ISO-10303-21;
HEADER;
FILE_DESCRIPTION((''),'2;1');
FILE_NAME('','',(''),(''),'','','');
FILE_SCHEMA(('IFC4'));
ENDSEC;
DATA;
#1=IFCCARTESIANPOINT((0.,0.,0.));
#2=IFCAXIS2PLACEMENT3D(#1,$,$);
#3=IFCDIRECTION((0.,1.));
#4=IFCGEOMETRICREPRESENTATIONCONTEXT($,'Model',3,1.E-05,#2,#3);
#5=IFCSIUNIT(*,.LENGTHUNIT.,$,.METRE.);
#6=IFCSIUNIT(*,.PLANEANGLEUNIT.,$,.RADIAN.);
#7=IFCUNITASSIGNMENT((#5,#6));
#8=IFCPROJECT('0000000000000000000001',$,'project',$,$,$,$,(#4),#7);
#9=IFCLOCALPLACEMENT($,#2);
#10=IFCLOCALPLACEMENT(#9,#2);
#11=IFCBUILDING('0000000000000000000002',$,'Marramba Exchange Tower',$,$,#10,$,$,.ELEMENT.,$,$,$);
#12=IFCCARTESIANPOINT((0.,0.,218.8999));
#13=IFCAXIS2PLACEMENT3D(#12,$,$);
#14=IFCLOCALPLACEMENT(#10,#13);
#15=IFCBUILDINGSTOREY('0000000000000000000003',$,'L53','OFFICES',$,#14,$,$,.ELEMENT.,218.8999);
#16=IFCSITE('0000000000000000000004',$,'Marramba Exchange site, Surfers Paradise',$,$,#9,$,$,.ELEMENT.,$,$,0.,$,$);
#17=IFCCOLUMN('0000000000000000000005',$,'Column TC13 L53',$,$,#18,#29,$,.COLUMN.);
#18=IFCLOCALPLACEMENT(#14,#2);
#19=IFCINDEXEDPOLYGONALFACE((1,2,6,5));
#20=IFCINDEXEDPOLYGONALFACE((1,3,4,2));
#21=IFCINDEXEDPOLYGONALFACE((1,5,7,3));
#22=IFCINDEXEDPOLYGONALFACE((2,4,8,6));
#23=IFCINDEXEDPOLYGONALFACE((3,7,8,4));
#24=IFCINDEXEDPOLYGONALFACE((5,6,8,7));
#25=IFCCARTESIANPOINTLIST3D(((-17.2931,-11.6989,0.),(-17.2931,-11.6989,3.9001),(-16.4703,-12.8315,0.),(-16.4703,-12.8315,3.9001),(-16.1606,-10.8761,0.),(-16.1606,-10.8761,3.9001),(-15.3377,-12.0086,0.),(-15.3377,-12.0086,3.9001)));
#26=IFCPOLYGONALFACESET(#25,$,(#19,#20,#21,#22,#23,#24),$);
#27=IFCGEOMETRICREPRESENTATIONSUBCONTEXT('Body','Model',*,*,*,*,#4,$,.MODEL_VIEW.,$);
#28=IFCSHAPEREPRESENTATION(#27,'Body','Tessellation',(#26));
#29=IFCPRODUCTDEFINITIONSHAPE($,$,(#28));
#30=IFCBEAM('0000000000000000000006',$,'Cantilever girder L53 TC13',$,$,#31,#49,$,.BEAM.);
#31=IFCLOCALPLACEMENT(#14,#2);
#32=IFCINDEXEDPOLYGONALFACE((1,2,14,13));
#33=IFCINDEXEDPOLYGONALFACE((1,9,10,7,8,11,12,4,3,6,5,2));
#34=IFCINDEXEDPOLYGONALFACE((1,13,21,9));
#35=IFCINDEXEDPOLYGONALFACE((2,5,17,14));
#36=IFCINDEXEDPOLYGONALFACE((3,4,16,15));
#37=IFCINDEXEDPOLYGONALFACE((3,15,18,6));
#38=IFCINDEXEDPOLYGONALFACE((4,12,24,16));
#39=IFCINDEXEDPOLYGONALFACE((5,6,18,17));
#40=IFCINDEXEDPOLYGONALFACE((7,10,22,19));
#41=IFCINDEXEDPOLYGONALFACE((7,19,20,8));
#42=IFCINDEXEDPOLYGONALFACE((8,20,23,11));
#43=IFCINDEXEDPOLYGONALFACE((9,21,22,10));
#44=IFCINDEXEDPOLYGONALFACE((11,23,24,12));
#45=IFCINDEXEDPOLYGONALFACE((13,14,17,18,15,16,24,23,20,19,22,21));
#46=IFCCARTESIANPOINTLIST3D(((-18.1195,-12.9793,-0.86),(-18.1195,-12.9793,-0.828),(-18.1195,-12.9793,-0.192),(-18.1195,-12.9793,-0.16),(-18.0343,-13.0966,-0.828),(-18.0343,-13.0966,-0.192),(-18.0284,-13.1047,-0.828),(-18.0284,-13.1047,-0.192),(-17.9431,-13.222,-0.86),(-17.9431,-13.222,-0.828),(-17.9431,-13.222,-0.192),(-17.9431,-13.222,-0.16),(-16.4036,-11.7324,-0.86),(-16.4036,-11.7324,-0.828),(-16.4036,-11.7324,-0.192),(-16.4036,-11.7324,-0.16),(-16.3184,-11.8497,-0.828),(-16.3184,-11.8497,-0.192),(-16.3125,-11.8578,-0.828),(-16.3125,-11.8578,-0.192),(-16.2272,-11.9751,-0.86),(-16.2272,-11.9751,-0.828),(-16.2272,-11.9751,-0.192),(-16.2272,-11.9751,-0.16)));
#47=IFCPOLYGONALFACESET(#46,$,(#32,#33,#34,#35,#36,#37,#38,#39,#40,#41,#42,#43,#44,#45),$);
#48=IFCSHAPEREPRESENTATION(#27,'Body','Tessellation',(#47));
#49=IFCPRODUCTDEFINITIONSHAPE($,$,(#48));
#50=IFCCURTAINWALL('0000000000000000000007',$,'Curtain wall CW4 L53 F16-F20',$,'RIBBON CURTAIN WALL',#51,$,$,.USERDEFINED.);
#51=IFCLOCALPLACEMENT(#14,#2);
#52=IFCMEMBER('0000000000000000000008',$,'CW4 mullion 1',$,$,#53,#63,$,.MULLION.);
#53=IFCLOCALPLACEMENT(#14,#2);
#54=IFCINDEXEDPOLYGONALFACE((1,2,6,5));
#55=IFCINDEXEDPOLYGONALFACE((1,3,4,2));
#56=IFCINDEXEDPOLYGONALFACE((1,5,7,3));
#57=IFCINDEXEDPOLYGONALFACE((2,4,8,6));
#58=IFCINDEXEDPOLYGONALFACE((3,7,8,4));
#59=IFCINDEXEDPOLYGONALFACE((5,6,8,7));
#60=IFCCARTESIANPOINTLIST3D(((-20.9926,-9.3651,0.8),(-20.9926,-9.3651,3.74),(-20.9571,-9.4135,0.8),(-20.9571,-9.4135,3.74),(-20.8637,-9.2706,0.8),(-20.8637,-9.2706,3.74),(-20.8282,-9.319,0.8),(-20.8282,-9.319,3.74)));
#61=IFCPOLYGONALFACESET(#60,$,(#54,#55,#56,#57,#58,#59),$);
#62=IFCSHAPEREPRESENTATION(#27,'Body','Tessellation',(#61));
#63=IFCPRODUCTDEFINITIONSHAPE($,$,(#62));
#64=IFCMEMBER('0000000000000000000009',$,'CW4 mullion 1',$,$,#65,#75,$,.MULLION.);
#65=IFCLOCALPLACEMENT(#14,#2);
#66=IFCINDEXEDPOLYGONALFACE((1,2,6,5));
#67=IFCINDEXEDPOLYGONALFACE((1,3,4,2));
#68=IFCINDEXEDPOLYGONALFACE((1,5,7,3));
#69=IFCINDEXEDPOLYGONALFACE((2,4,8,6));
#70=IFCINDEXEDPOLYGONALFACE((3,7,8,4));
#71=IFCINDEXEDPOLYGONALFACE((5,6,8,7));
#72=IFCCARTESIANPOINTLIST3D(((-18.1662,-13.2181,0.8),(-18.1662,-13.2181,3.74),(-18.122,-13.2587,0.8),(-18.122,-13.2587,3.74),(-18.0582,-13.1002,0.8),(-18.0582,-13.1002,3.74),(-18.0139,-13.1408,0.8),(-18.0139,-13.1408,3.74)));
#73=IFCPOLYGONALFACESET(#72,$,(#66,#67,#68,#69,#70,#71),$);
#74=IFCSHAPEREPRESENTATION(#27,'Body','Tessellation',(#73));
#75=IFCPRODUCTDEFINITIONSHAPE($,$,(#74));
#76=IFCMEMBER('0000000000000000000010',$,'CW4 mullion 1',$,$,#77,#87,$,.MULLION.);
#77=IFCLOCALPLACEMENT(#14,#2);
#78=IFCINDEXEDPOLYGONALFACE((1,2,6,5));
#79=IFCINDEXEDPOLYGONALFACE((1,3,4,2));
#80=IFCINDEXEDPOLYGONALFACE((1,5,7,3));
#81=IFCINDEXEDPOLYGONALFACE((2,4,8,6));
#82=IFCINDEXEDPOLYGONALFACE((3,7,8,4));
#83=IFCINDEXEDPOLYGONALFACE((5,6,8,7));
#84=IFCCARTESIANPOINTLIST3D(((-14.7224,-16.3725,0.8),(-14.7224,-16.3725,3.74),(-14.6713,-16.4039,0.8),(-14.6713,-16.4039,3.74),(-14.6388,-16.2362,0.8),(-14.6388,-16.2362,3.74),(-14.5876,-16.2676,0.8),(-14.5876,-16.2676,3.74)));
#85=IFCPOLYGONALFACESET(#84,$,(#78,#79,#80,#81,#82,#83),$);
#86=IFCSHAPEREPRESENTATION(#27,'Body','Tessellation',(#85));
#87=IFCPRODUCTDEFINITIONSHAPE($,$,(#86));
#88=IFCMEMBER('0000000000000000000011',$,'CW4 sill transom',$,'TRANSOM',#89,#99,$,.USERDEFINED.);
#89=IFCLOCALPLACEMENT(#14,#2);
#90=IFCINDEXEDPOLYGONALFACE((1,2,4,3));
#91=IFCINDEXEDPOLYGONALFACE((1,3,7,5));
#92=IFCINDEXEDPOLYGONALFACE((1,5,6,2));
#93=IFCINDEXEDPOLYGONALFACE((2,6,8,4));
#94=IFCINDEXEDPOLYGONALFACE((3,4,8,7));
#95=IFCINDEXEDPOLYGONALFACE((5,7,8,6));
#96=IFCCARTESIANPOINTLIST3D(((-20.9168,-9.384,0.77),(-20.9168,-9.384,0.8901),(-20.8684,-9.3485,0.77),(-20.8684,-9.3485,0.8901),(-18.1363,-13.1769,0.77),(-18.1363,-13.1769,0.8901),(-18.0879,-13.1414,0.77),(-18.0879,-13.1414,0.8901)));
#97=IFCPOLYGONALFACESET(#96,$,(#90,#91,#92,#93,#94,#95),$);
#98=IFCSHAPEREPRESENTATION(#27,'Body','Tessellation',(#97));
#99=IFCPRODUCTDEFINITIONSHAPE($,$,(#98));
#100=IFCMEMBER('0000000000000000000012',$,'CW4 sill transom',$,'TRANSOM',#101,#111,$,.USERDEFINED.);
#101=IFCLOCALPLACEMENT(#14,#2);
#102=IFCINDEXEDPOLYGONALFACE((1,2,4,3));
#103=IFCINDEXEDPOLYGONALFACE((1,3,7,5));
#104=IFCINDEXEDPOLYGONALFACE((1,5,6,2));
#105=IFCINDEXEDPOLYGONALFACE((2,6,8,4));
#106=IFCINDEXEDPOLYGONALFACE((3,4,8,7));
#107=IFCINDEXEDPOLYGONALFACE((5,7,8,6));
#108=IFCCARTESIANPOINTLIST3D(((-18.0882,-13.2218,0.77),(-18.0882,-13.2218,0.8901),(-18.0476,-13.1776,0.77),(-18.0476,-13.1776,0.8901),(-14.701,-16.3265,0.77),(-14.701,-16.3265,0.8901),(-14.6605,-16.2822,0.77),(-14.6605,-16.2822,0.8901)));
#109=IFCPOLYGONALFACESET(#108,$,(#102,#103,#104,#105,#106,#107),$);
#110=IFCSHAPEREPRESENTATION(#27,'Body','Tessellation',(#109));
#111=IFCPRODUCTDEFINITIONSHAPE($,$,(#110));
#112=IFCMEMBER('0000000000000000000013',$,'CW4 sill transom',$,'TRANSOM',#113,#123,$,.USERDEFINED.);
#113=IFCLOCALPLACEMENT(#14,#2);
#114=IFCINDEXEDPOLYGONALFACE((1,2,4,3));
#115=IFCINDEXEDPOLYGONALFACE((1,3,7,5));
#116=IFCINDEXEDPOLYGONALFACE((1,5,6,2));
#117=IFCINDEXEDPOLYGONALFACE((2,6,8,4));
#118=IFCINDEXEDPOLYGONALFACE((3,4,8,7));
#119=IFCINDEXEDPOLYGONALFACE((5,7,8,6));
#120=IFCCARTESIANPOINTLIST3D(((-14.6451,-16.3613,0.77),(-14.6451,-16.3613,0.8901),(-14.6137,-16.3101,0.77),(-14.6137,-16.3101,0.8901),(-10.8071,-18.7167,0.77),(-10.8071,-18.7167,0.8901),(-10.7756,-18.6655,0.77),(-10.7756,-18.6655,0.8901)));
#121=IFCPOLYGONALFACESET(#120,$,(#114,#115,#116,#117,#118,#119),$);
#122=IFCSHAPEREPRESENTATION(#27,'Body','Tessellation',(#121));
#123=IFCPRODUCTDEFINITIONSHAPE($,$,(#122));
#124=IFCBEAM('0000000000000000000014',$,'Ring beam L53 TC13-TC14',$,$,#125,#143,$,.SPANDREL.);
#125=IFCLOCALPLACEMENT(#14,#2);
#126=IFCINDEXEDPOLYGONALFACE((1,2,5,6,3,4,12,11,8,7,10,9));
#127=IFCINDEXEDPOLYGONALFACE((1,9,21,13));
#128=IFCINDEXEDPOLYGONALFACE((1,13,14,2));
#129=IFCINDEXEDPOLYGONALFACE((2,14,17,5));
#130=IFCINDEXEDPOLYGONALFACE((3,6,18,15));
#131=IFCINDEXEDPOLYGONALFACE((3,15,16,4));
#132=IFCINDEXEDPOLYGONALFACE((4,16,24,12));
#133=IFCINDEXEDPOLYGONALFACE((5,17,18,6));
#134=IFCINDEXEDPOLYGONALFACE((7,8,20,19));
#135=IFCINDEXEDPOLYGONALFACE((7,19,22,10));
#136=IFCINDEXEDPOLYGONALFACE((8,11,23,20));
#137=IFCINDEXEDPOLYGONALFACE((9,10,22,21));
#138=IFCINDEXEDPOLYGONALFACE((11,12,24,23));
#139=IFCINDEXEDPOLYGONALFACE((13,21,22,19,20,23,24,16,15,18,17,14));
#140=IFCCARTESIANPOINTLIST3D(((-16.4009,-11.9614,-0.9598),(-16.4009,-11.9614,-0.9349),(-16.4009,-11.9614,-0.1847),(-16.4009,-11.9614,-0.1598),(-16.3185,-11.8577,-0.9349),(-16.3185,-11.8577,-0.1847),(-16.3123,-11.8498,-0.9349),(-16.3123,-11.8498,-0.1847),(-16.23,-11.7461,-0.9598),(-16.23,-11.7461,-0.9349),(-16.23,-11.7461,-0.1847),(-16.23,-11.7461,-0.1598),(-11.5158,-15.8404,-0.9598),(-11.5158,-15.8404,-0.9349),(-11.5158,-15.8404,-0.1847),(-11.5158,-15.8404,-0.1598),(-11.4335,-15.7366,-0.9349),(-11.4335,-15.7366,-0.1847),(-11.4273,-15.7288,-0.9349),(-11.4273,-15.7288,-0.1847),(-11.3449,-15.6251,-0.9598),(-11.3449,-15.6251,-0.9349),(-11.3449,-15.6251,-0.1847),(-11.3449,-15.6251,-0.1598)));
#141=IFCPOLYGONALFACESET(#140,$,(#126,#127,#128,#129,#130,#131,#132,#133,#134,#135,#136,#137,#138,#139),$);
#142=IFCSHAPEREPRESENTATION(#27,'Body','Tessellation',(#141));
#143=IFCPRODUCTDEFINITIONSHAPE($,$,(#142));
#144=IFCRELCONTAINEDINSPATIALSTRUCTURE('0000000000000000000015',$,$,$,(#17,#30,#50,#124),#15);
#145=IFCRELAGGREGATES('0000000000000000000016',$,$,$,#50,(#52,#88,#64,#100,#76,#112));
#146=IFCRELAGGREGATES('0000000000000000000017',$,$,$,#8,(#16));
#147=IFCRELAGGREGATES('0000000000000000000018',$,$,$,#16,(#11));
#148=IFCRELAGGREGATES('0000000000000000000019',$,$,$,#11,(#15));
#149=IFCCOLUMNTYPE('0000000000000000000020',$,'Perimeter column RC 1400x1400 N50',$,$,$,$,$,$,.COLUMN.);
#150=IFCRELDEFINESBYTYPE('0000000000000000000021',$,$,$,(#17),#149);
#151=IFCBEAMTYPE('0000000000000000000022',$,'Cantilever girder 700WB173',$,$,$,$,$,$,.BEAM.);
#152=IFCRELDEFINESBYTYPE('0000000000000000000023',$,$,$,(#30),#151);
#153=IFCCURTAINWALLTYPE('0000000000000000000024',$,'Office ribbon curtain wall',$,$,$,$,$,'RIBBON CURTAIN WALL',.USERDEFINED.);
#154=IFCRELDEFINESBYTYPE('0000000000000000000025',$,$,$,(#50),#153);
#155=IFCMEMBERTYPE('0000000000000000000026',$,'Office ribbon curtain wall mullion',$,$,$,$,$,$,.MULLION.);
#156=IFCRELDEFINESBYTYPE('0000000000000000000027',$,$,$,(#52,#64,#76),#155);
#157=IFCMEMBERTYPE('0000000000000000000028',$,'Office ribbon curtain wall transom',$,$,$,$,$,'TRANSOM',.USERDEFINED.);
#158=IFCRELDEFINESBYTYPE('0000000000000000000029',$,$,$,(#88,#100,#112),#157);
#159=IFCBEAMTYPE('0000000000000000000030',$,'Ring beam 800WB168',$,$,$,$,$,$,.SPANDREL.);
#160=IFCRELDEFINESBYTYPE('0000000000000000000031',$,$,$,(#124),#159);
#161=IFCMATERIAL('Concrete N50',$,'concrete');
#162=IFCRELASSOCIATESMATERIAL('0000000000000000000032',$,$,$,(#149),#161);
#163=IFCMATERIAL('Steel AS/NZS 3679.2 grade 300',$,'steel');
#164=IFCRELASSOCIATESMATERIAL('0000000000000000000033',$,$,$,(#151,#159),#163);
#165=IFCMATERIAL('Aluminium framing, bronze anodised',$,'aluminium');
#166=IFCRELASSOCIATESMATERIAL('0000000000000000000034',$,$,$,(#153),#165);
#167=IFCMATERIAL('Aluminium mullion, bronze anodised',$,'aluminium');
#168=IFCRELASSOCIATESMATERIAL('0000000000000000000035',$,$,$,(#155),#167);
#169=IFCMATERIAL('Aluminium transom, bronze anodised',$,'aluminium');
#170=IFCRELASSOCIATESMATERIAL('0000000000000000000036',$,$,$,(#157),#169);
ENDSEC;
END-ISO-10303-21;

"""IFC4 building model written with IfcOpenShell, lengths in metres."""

from ifc_helpers import new_model, si_unit, direction, frame, origin, origin_2d, place, context, subcontext, project, spatial, rectangle, i_section, extrude, material, material_profile, profile_set, type_object, element, aggregate, save


model = new_model("IFC4")

# Units and contexts
model_context = context("Model", 3, precision=1e-05, world=origin(), true_north=direction((0.0, 1.0)))
body_context = subcontext(model_context, "Body", "Model", "MODEL_VIEW")
ifc_project = project(units=[si_unit("LENGTHUNIT", "METRE"), si_unit("PLANEANGLEUNIT", "RADIAN")], contexts=[model_context])

# Site, building, storey
site_placement = place(None, origin())
site = spatial("IfcSite", under=ifc_project, at=site_placement, Name="Marramba Exchange site, Surfers Paradise", CompositionType="ELEMENT", RefElevation=0.0)
building_placement = place(site_placement, origin())
building = spatial("IfcBuilding", under=site, at=building_placement, Name="Marramba Exchange Tower", CompositionType="ELEMENT")
storey_placement = place(building_placement, frame((0.0, 0.0, 218.8999)))
storey = spatial("IfcBuildingStorey", under=building, at=storey_placement, Name="L53", Description="OFFICES", CompositionType="ELEMENT", Elevation=218.8999)

# Column
ifc_material_1 = material(Name="Concrete N50", Category="concrete")
ifc_material_profile_1 = material_profile(ifc_material_1, rectangle(XDim=1.3999, YDim=1.3999, at=origin_2d()), Name="RC 1400x1400")
ifc_profile_set_1 = profile_set([ifc_material_profile_1], Name="Concrete N50")
column_type = type_object("IfcColumnType", Name="Perimeter column RC 1400x1400 N50", PredefinedType="COLUMN", material=ifc_profile_set_1)
column_placement = place(storey_placement, frame((-16.3154, -11.8538, 0.0), z_axis=(0.0, 0.0, 1.0), x_axis=(-0.809017, -0.587785, 0.0)))
element("IfcColumn", 1, at=column_placement, inside=storey, type_object=column_type, Name="Column TC13 L53", PredefinedType="COLUMN", context=body_context, shape_type="SweptSolid", body=[
    extrude(rectangle(XDim=1.3999, YDim=1.3999, at=origin_2d()), origin(), (0.0, 0.0, 1.0), 3.9001),
])

# Beam
ifc_material_2 = material(Name="Steel AS/NZS 3679.2 grade 300", Category="steel")
ifc_material_profile_2 = material_profile(ifc_material_2, i_section(OverallWidth=0.3, OverallDepth=0.7, WebThickness=0.01, FlangeThickness=0.032, at=origin_2d()), Name="700WB173")
ifc_profile_set_2 = profile_set([ifc_material_profile_2], Name="Steel AS/NZS 3679.2 grade 300")
beam_type_1 = type_object("IfcBeamType", Name="Cantilever girder 700WB173", PredefinedType="BEAM", material=ifc_profile_set_2)
beam_1_placement = place(storey_placement, frame((-16.3154, -11.8538, -0.51), z_axis=(-0.80897, -0.58785, 0.0), x_axis=(0.58785, -0.80897, 0.0)))
element("IfcBeam", 2, at=beam_1_placement, inside=storey, type_object=beam_type_1, Name="Cantilever girder L53 TC13", PredefinedType="BEAM", context=body_context, shape_type="SweptSolid", body=[
    extrude(i_section(OverallWidth=0.3, OverallDepth=0.7, WebThickness=0.01, FlangeThickness=0.032, at=origin_2d()), origin(), (0.0, 0.0, 1.0), 2.1211),
])

# Curtain wall, members
ifc_material_3 = material(Name="Aluminium framing, bronze anodised", Category="aluminium")
curtain_wall_type = type_object("IfcCurtainWallType", Name="Office ribbon curtain wall", ElementType="RIBBON CURTAIN WALL", PredefinedType="USERDEFINED", material=ifc_material_3)
curtain_wall_placement = place(storey_placement, origin())
curtain_wall = element("IfcCurtainWall", 3, at=curtain_wall_placement, inside=storey, type_object=curtain_wall_type, Name="Curtain wall CW4 L53 F16-F20", ObjectType="RIBBON CURTAIN WALL", PredefinedType="USERDEFINED")
ifc_material_4 = material(Name="Aluminium mullion, bronze anodised", Category="aluminium")
ifc_material_profile_3 = material_profile(ifc_material_4, rectangle(XDim=0.1599, YDim=0.0601, at=origin_2d()), Name="CW4 mullion 60x160")
ifc_profile_set_3 = profile_set([ifc_material_profile_3], Name="Aluminium mullion, bronze anodised")
member_type_1 = type_object("IfcMemberType", Name="Office ribbon curtain wall mullion", PredefinedType="MULLION", material=ifc_profile_set_3)
member_1_placement = place(storey_placement, frame((-20.9104, -9.342, 0.8), z_axis=(0.0, 0.0, 1.0), x_axis=(0.806508, 0.591223, 0.0)))
member_1 = element("IfcMember", 4, at=member_1_placement, type_object=member_type_1, Name="CW4 mullion 1", PredefinedType="MULLION", context=body_context, shape_type="SweptSolid", body=[
    extrude(rectangle(XDim=0.1599, YDim=0.0601, at=origin_2d()), origin(), (0.0, 0.0, 1.0), 2.9399),
])
member_2_placement = place(storey_placement, frame((-18.0901, -13.1794, 0.8), z_axis=(0.0, 0.0, 1.0), x_axis=(0.675671, 0.737203, 0.0)))
member_2 = element("IfcMember", 5, at=member_2_placement, type_object=member_type_1, Name="CW4 mullion 1", PredefinedType="MULLION", context=body_context, shape_type="SweptSolid", body=[
    extrude(rectangle(XDim=0.1599, YDim=0.0601, at=origin_2d()), origin(), (0.0, 0.0, 1.0), 2.9399),
])
member_3_placement = place(storey_placement, frame((-14.655, -16.3201, 0.8), z_axis=(0.0, 0.0, 1.0), x_axis=(0.523052, 0.852301, 0.0)))
member_3 = element("IfcMember", 6, at=member_3_placement, type_object=member_type_1, Name="CW4 mullion 1", PredefinedType="MULLION", context=body_context, shape_type="SweptSolid", body=[
    extrude(rectangle(XDim=0.1599, YDim=0.0601, at=origin_2d()), origin(), (0.0, 0.0, 1.0), 2.9399),
])
ifc_material_5 = material(Name="Aluminium transom, bronze anodised", Category="aluminium")
ifc_material_profile_4 = material_profile(ifc_material_5, rectangle(XDim=0.0601, YDim=0.1201, at=origin_2d()), Name="CW4 transom 60x120")
ifc_profile_set_4 = profile_set([ifc_material_profile_4], Name="Aluminium transom, bronze anodised")
member_type_2 = type_object("IfcMemberType", Name="Office ribbon curtain wall transom", ElementType="TRANSOM", PredefinedType="USERDEFINED", material=ifc_profile_set_4)
member_4_placement = place(storey_placement, frame((-20.8926, -9.3662, 0.8301), z_axis=(0.591226, -0.806506, 0.0), x_axis=(0.806506, 0.591226, 0.0)))
member_4 = element("IfcMember", 7, at=member_4_placement, type_object=member_type_2, Name="CW4 sill transom", ObjectType="TRANSOM", PredefinedType="USERDEFINED", context=body_context, shape_type="SweptSolid", body=[
    extrude(rectangle(XDim=0.0601, YDim=0.1201, at=origin_2d()), origin(), (0.0, 0.0, 1.0), 4.7029),
])
member_5_placement = place(storey_placement, frame((-18.0679, -13.1997, 0.8301), z_axis=(0.737176, -0.675701, 0.0), x_axis=(0.675701, 0.737176, 0.0)))
member_5 = element("IfcMember", 8, at=member_5_placement, type_object=member_type_2, Name="CW4 sill transom", ObjectType="TRANSOM", PredefinedType="USERDEFINED", context=body_context, shape_type="SweptSolid", body=[
    extrude(rectangle(XDim=0.0601, YDim=0.1201, at=origin_2d()), origin(), (0.0, 0.0, 1.0), 4.5947),
])
member_6_placement = place(storey_placement, frame((-14.6294, -16.3357, 0.8301), z_axis=(0.852298, -0.523056, 0.0), x_axis=(0.523056, 0.852298, 0.0)))
member_6 = element("IfcMember", 9, at=member_6_placement, type_object=member_type_2, Name="CW4 sill transom", ObjectType="TRANSOM", PredefinedType="USERDEFINED", context=body_context, shape_type="SweptSolid", body=[
    extrude(rectangle(XDim=0.0601, YDim=0.1201, at=origin_2d()), origin(), (0.0, 0.0, 1.0), 4.5032),
])

# Beam
ifc_material_profile_5 = material_profile(ifc_material_2, i_section(OverallWidth=0.2749, OverallDepth=0.8, WebThickness=0.01, FlangeThickness=0.0249, at=origin_2d()), Name="800WB168")
ifc_profile_set_5 = profile_set([ifc_material_profile_5], Name="Steel AS/NZS 3679.2 grade 300")
beam_type_2 = type_object("IfcBeamType", Name="Ring beam 800WB168", PredefinedType="SPANDREL", material=ifc_profile_set_5)
beam_2_placement = place(storey_placement, frame((-16.3154, -11.8538, -0.5598), z_axis=(0.783139, -0.621846, 0.0), x_axis=(0.621846, 0.783139, 0.0)))
element("IfcBeam", 10, at=beam_2_placement, inside=storey, type_object=beam_type_2, Name="Ring beam L53 TC13-TC14", PredefinedType="SPANDREL", context=body_context, shape_type="SweptSolid", body=[
    extrude(i_section(OverallWidth=0.2749, OverallDepth=0.8, WebThickness=0.01, FlangeThickness=0.0249, at=origin_2d()), origin(), (0.0, 0.0, 1.0), 6.2378),
])

aggregate(curtain_wall, [member_1, member_4, member_2, member_5, member_3, member_6])

save(model, "model.ifc")
